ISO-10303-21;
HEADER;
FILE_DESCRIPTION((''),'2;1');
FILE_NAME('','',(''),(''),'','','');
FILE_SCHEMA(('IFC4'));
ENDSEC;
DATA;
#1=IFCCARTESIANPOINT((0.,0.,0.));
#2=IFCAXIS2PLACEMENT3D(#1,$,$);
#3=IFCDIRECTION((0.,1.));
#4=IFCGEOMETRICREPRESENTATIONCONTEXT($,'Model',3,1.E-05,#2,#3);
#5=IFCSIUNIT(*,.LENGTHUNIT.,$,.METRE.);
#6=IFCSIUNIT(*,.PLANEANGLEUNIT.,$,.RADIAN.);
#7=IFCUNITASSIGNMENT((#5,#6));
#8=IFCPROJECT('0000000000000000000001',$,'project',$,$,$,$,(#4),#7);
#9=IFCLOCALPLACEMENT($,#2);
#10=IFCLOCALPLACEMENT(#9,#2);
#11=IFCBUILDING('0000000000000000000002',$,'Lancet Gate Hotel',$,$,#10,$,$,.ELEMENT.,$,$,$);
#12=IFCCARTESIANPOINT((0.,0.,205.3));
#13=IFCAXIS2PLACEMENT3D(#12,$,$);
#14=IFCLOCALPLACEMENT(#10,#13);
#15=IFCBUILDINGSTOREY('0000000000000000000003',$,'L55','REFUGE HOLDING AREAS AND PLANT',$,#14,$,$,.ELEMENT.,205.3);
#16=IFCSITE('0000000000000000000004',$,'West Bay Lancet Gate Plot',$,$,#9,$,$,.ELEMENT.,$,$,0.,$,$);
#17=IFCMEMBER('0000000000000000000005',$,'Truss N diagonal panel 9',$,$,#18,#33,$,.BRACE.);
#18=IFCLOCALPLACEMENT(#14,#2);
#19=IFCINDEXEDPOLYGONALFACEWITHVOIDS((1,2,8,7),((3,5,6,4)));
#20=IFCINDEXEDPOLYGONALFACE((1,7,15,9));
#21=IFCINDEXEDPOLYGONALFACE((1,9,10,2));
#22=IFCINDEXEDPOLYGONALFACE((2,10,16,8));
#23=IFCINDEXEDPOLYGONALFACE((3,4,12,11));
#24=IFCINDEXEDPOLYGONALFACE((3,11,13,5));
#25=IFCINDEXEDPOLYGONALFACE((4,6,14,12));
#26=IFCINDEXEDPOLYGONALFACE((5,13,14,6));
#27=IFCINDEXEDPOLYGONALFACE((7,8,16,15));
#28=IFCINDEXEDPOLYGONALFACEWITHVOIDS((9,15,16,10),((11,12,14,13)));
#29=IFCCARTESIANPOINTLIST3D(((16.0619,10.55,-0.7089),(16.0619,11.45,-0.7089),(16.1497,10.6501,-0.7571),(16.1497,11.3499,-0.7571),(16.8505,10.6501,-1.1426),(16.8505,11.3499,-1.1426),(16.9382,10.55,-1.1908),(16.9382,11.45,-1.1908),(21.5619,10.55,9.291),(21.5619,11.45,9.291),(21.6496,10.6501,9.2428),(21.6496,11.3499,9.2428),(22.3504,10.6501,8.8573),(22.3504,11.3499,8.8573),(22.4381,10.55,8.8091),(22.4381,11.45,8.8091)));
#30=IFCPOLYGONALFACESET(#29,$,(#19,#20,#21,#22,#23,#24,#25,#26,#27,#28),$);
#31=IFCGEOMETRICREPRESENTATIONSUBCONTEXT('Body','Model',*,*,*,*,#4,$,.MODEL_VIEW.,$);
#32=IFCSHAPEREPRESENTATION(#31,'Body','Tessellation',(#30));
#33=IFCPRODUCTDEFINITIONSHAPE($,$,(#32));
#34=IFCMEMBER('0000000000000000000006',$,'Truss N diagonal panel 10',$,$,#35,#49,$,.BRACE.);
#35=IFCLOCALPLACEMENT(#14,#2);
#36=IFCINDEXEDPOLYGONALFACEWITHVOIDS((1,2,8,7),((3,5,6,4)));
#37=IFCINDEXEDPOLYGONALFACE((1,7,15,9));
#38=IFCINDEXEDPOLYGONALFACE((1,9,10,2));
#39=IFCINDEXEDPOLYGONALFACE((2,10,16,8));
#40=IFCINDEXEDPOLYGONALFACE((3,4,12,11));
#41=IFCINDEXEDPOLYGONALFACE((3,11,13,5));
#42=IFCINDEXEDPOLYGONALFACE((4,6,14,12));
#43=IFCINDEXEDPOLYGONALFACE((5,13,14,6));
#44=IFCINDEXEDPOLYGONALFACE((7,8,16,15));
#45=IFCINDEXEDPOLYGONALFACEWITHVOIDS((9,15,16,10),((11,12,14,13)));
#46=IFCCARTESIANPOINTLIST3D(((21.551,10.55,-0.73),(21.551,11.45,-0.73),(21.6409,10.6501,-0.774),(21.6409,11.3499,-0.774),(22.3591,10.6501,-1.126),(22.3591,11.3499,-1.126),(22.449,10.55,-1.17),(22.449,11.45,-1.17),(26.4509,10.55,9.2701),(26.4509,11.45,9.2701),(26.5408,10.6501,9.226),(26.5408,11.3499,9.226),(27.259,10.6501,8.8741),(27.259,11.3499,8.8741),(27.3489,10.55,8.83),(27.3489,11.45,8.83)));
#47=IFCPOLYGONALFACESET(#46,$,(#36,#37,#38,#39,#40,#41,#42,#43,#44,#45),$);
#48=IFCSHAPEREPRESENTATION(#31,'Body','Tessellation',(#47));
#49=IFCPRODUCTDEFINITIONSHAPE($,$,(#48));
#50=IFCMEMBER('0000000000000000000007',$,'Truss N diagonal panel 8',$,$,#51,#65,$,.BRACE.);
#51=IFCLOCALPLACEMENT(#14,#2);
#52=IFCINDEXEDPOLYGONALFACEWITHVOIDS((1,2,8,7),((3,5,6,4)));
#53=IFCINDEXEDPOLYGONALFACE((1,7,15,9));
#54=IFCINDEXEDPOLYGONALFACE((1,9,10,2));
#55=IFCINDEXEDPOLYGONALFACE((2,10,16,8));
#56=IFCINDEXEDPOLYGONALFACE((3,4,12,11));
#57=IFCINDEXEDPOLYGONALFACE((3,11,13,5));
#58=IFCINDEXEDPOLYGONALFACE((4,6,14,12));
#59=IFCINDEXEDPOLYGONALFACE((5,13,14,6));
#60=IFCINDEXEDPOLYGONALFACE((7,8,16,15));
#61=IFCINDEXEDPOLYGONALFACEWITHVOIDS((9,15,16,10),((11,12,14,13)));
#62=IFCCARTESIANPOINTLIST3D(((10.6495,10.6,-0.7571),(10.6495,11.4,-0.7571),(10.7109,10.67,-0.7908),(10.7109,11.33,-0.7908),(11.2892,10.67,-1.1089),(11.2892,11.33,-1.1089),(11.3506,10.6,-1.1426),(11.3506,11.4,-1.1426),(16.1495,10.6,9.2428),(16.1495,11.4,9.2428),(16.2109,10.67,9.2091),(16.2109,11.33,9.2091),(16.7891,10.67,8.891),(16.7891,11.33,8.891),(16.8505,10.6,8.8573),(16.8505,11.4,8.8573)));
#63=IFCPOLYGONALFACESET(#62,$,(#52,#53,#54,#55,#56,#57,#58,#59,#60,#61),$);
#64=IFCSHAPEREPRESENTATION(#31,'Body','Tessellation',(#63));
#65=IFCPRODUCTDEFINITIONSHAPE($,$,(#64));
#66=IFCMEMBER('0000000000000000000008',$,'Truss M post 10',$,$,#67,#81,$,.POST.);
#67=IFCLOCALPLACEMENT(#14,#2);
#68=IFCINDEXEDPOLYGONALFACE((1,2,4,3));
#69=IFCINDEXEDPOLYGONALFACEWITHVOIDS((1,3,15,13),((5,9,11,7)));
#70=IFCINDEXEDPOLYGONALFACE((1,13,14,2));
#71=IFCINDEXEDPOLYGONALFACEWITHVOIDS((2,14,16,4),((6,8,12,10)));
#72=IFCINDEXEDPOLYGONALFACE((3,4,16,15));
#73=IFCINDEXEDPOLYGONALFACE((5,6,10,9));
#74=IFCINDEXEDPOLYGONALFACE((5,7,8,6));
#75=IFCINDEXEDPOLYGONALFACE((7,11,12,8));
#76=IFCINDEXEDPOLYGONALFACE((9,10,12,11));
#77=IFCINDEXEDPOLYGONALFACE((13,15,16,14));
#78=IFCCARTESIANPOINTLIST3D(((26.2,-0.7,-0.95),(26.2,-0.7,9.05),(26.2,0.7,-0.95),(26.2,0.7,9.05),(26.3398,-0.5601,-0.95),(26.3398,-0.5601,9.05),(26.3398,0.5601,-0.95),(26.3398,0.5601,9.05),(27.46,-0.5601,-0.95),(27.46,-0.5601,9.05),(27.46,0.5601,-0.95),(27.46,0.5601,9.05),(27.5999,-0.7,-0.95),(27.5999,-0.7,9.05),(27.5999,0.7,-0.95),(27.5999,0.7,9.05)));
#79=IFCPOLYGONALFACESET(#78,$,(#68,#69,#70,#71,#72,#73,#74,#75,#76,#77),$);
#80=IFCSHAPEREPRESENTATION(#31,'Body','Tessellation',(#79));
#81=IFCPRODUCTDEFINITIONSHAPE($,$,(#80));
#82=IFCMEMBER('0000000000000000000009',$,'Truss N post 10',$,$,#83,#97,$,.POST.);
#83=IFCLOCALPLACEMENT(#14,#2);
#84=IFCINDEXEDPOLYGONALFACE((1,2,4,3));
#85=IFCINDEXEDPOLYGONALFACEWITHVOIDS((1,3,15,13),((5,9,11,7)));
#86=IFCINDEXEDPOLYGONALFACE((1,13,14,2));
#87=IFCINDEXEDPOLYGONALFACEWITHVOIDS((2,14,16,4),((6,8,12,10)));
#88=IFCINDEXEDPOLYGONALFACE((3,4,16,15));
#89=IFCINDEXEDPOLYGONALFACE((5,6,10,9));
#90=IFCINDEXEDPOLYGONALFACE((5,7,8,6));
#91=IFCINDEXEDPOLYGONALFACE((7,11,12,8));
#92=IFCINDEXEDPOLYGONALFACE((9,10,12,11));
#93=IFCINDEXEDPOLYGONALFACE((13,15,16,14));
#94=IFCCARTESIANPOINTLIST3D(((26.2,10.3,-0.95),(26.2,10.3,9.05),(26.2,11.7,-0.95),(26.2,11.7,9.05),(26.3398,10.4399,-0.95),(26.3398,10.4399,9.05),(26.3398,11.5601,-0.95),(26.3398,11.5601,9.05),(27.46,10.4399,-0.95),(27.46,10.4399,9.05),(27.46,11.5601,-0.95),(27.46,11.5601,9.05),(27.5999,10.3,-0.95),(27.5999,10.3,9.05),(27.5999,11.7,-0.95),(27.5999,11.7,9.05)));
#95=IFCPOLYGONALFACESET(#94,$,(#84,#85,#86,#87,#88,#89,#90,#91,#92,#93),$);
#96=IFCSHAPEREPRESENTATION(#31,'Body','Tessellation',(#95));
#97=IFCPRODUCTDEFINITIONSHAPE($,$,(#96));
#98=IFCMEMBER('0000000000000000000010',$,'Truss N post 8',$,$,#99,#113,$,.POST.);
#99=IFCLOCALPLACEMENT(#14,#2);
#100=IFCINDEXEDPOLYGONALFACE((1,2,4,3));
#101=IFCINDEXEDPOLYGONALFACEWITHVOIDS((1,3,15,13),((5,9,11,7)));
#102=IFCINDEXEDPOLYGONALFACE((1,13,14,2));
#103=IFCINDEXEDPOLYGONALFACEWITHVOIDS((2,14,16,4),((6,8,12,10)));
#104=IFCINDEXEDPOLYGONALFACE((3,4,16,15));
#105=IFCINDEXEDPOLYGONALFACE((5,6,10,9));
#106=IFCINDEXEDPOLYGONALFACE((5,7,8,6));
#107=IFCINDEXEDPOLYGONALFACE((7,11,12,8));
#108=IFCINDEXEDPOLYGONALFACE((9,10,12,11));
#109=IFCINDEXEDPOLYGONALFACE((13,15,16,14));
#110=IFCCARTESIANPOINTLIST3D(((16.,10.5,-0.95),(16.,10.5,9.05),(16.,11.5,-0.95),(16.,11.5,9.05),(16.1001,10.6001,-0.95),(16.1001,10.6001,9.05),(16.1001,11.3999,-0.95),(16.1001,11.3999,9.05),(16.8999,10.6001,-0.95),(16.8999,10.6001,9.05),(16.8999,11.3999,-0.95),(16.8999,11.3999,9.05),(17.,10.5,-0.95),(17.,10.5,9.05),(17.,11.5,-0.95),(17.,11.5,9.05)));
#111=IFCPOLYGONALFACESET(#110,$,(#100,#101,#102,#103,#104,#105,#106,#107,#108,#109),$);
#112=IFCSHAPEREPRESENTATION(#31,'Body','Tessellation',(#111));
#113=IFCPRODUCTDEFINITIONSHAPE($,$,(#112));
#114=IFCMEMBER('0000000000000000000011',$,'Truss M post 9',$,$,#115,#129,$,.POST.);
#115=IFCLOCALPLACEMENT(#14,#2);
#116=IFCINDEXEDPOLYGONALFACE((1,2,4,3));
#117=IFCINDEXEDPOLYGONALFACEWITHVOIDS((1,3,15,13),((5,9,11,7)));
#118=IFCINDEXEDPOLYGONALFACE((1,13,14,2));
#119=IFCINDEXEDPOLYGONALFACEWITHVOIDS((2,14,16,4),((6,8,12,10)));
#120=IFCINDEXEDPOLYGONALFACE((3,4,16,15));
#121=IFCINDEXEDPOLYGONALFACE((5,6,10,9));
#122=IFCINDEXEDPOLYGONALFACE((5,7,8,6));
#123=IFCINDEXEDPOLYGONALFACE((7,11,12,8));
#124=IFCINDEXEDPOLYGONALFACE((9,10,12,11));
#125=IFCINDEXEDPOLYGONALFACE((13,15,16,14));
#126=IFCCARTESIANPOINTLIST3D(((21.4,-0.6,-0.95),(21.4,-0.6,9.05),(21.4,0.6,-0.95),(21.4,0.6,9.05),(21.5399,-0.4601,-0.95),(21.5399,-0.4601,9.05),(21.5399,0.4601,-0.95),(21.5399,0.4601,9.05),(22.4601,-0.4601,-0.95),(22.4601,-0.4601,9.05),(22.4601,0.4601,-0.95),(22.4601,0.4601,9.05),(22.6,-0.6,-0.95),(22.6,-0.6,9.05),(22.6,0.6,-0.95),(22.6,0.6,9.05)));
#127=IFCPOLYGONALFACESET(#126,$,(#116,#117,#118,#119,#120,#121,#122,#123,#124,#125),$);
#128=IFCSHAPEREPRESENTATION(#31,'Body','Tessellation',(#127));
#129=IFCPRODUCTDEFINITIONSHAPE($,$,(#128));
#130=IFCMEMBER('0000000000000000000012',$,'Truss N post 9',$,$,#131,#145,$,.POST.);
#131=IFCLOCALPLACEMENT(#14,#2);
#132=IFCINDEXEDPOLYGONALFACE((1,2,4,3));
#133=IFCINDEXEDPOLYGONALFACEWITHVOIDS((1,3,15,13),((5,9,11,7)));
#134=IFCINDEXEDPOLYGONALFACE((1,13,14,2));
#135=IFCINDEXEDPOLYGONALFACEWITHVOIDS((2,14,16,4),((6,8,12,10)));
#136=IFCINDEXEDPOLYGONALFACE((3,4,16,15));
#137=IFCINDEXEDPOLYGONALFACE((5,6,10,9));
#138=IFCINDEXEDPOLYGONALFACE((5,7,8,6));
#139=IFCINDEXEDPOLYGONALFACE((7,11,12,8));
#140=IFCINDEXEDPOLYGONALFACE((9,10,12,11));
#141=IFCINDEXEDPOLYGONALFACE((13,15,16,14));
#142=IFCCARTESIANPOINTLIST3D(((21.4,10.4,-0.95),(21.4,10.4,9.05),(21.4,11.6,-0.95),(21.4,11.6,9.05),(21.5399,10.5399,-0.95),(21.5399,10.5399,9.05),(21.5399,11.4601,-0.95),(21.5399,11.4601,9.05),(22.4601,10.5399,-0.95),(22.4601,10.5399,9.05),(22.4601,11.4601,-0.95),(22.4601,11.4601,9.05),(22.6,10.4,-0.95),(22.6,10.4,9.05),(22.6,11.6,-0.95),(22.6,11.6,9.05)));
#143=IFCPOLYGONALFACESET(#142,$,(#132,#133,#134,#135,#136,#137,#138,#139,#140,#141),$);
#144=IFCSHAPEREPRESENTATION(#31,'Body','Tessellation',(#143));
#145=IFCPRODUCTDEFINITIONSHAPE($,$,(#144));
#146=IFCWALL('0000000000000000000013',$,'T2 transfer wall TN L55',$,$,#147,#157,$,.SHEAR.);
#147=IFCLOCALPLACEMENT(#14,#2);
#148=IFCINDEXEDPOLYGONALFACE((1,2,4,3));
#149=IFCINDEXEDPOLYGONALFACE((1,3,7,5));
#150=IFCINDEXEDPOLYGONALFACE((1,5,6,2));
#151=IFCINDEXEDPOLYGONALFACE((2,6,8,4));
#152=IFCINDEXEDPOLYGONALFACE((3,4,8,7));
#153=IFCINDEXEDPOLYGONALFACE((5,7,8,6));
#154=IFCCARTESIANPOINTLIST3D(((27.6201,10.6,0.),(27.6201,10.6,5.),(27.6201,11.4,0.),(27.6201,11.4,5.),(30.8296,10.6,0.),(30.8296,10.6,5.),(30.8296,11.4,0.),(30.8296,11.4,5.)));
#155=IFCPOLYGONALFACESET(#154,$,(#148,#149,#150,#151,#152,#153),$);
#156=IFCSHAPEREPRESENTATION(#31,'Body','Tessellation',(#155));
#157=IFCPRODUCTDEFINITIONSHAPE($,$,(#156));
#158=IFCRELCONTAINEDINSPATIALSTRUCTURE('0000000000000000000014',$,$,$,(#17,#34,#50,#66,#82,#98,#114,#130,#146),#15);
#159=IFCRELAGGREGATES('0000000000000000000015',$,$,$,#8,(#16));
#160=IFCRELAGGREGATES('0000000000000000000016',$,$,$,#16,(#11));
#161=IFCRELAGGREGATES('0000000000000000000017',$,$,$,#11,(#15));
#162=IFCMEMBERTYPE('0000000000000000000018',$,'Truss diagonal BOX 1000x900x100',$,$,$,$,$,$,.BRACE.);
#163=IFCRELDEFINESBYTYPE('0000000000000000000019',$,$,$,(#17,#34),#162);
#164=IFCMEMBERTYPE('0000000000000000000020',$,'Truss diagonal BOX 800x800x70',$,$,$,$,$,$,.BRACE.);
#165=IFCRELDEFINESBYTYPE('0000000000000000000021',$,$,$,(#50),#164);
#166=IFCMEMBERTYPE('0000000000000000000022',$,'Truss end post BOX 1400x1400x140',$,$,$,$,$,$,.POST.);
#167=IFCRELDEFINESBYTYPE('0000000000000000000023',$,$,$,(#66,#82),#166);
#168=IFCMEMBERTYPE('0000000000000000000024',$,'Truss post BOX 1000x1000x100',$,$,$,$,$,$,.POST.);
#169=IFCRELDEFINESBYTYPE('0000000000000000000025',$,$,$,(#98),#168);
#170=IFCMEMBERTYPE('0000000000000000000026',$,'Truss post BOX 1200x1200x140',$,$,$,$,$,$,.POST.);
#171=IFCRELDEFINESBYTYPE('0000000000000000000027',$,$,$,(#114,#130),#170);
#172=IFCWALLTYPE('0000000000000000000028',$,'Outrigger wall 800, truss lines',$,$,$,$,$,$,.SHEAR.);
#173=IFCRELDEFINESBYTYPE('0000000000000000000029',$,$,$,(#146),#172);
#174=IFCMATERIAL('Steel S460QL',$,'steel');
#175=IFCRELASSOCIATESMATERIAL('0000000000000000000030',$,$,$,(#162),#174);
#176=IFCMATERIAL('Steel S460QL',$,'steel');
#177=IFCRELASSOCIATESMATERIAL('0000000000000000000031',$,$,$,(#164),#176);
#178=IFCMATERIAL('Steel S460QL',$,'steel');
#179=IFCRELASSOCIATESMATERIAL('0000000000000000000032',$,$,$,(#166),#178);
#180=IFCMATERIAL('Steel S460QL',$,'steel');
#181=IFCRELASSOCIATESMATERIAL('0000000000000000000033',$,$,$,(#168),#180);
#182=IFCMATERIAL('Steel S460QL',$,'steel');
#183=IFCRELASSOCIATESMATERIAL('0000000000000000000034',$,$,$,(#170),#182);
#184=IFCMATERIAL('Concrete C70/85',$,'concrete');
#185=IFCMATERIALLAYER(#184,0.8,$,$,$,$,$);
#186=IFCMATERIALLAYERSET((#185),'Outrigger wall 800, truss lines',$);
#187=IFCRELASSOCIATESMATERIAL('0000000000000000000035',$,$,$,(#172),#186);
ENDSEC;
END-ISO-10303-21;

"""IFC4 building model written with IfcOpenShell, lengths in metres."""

from ifc_helpers import new_model, si_unit, direction, frame, frame_2d, origin, origin_2d, place, context, subcontext, project, spatial, rectangle, hollow_rectangle, extrude, material, layer, layer_set, material_profile, profile_set, type_object, element, save


model = new_model("IFC4")

# Units and contexts
model_context = context("Model", 3, precision=1e-05, world=origin(), true_north=direction((0.0, 1.0)))
body_context = subcontext(model_context, "Body", "Model", "MODEL_VIEW")
ifc_project = project(units=[si_unit("LENGTHUNIT", "METRE"), si_unit("PLANEANGLEUNIT", "RADIAN")], contexts=[model_context])

# Site, building, storey
site_placement = place(None, origin())
site = spatial("IfcSite", under=ifc_project, at=site_placement, Name="West Bay Lancet Gate Plot", CompositionType="ELEMENT", RefElevation=0.0)
building_placement = place(site_placement, origin())
building = spatial("IfcBuilding", under=site, at=building_placement, Name="Lancet Gate Hotel", CompositionType="ELEMENT")
storey_placement = place(building_placement, frame((0.0, 0.0, 205.3)))
storey = spatial("IfcBuildingStorey", under=building, at=storey_placement, Name="L55", Description="REFUGE HOLDING AREAS AND PLANT", CompositionType="ELEMENT", Elevation=205.3)

# Members
ifc_material_1 = material(Name="Steel S460QL", Category="steel")
ifc_material_profile_1 = material_profile(ifc_material_1, hollow_rectangle(XDim=0.8999, YDim=1.0, WallThickness=0.1001, at=origin_2d()), Name="BOX 1000x900x100")
ifc_profile_set_1 = profile_set([ifc_material_profile_1], Name="Steel S460QL")
member_type_1 = type_object("IfcMemberType", Name="Truss diagonal BOX 1000x900x100", PredefinedType="BRACE", material=ifc_profile_set_1)
member_1_placement = place(storey_placement, frame((22.0, 11.0, 9.05), z_axis=(-0.481919, 0.0, -0.876216), x_axis=(0.0, -1.0, 0.0)))
element("IfcMember", 1, at=member_1_placement, inside=storey, type_object=member_type_1, Name="Truss N diagonal panel 9", PredefinedType="BRACE", context=body_context, shape_type="SweptSolid", body=[
    extrude(hollow_rectangle(XDim=0.8999, YDim=1.0, WallThickness=0.1001, at=origin_2d()), origin(), (0.0, 0.0, 1.0), 11.4126),
])
member_2_placement = place(storey_placement, frame((26.8999, 11.0, 9.05), z_axis=(-0.440008, 0.0, -0.897994), x_axis=(0.0, -1.0, 0.0)))
element("IfcMember", 2, at=member_2_placement, inside=storey, type_object=member_type_1, Name="Truss N diagonal panel 10", PredefinedType="BRACE", context=body_context, shape_type="SweptSolid", body=[
    extrude(hollow_rectangle(XDim=0.8999, YDim=1.0, WallThickness=0.1001, at=origin_2d()), origin(), (0.0, 0.0, 1.0), 11.136),
])
ifc_material_2 = material(Name="Steel S460QL", Category="steel")
ifc_material_profile_2 = material_profile(ifc_material_2, hollow_rectangle(XDim=0.8, YDim=0.8, WallThickness=0.0701, at=origin_2d()), Name="BOX 800x800x70")
ifc_profile_set_2 = profile_set([ifc_material_profile_2], Name="Steel S460QL")
member_type_2 = type_object("IfcMemberType", Name="Truss diagonal BOX 800x800x70", PredefinedType="BRACE", material=ifc_profile_set_2)
member_3_placement = place(storey_placement, frame((16.5, 11.0, 9.05), z_axis=(-0.481919, 0.0, -0.876216), x_axis=(0.0, -1.0, 0.0)))
element("IfcMember", 3, at=member_3_placement, inside=storey, type_object=member_type_2, Name="Truss N diagonal panel 8", PredefinedType="BRACE", context=body_context, shape_type="SweptSolid", body=[
    extrude(hollow_rectangle(XDim=0.8, YDim=0.8, WallThickness=0.0701, at=origin_2d()), origin(), (0.0, 0.0, 1.0), 11.4126),
])
ifc_material_3 = material(Name="Steel S460QL", Category="steel")
ifc_material_profile_3 = material_profile(ifc_material_3, hollow_rectangle(XDim=1.3999, YDim=1.3999, WallThickness=0.1399, at=origin_2d()), Name="BOX 1400x1400x140")
ifc_profile_set_3 = profile_set([ifc_material_profile_3], Name="Steel S460QL")
member_type_3 = type_object("IfcMemberType", Name="Truss end post BOX 1400x1400x140", PredefinedType="POST", material=ifc_profile_set_3)
for number, where, z_axis, x_axis, name in (
    (4, (26.8999, 0.0, -0.95), (0.0, 0.0, 1.0), (1.0, 0.0, 0.0), "Truss M post 10"),
    (5, (26.8999, 11.0, -0.95), (0.0, 0.0, 1.0), (1.0, 0.0, 0.0), "Truss N post 10"),
):
    element("IfcMember", number, at=place(storey_placement, frame(where, z_axis=z_axis, x_axis=x_axis)), inside=storey, type_object=member_type_3, Name=name, PredefinedType="POST", context=body_context, shape_type="SweptSolid", body=[
        extrude(hollow_rectangle(XDim=1.3999, YDim=1.3999, WallThickness=0.1399, at=origin_2d()), origin(), (0.0, 0.0, 1.0), 10.0),
    ])
ifc_material_4 = material(Name="Steel S460QL", Category="steel")
ifc_material_profile_4 = material_profile(ifc_material_4, hollow_rectangle(XDim=1.0, YDim=1.0, WallThickness=0.1001, at=origin_2d()), Name="BOX 1000x1000x100")
ifc_profile_set_4 = profile_set([ifc_material_profile_4], Name="Steel S460QL")
member_type_4 = type_object("IfcMemberType", Name="Truss post BOX 1000x1000x100", PredefinedType="POST", material=ifc_profile_set_4)
member_4_placement = place(storey_placement, frame((16.5, 11.0, -0.95), z_axis=(0.0, 0.0, 1.0), x_axis=(1.0, 0.0, 0.0)))
element("IfcMember", 6, at=member_4_placement, inside=storey, type_object=member_type_4, Name="Truss N post 8", PredefinedType="POST", context=body_context, shape_type="SweptSolid", body=[
    extrude(hollow_rectangle(XDim=1.0, YDim=1.0, WallThickness=0.1001, at=origin_2d()), origin(), (0.0, 0.0, 1.0), 10.0),
])
ifc_material_5 = material(Name="Steel S460QL", Category="steel")
ifc_material_profile_5 = material_profile(ifc_material_5, hollow_rectangle(XDim=1.2, YDim=1.2, WallThickness=0.1399, at=origin_2d()), Name="BOX 1200x1200x140")
ifc_profile_set_5 = profile_set([ifc_material_profile_5], Name="Steel S460QL")
member_type_5 = type_object("IfcMemberType", Name="Truss post BOX 1200x1200x140", PredefinedType="POST", material=ifc_profile_set_5)
for number, where, z_axis, x_axis, name in (
    (7, (22.0, 0.0, -0.95), (0.0, 0.0, 1.0), (1.0, 0.0, 0.0), "Truss M post 9"),
    (8, (22.0, 11.0, -0.95), (0.0, 0.0, 1.0), (1.0, 0.0, 0.0), "Truss N post 9"),
):
    element("IfcMember", number, at=place(storey_placement, frame(where, z_axis=z_axis, x_axis=x_axis)), inside=storey, type_object=member_type_5, Name=name, PredefinedType="POST", context=body_context, shape_type="SweptSolid", body=[
        extrude(hollow_rectangle(XDim=1.2, YDim=1.2, WallThickness=0.1399, at=origin_2d()), origin(), (0.0, 0.0, 1.0), 10.0),
    ])

# Wall
ifc_material_6 = material(Name="Concrete C70/85", Category="concrete")
ifc_layer = layer(ifc_material_6, 0.8)
ifc_layer_set = layer_set([ifc_layer], Name="Outrigger wall 800, truss lines")
wall_type = type_object("IfcWallType", Name="Outrigger wall 800, truss lines", PredefinedType="SHEAR", material=ifc_layer_set)
wall_placement = place(storey_placement, frame((27.6201, 11.0, 0.0), z_axis=(0.0, 0.0, 1.0), x_axis=(1.0, 0.0, 0.0)))
element("IfcWall", 9, at=wall_placement, inside=storey, type_object=wall_type, Name="T2 transfer wall TN L55", PredefinedType="SHEAR", context=body_context, shape_type="SweptSolid", body=[
    extrude(rectangle(XDim=3.2095, YDim=0.8, at=frame_2d((1.6047, 0.0))), origin(), (0.0, 0.0, 1.0), 5.0),
])

save(model, "model.ifc")
